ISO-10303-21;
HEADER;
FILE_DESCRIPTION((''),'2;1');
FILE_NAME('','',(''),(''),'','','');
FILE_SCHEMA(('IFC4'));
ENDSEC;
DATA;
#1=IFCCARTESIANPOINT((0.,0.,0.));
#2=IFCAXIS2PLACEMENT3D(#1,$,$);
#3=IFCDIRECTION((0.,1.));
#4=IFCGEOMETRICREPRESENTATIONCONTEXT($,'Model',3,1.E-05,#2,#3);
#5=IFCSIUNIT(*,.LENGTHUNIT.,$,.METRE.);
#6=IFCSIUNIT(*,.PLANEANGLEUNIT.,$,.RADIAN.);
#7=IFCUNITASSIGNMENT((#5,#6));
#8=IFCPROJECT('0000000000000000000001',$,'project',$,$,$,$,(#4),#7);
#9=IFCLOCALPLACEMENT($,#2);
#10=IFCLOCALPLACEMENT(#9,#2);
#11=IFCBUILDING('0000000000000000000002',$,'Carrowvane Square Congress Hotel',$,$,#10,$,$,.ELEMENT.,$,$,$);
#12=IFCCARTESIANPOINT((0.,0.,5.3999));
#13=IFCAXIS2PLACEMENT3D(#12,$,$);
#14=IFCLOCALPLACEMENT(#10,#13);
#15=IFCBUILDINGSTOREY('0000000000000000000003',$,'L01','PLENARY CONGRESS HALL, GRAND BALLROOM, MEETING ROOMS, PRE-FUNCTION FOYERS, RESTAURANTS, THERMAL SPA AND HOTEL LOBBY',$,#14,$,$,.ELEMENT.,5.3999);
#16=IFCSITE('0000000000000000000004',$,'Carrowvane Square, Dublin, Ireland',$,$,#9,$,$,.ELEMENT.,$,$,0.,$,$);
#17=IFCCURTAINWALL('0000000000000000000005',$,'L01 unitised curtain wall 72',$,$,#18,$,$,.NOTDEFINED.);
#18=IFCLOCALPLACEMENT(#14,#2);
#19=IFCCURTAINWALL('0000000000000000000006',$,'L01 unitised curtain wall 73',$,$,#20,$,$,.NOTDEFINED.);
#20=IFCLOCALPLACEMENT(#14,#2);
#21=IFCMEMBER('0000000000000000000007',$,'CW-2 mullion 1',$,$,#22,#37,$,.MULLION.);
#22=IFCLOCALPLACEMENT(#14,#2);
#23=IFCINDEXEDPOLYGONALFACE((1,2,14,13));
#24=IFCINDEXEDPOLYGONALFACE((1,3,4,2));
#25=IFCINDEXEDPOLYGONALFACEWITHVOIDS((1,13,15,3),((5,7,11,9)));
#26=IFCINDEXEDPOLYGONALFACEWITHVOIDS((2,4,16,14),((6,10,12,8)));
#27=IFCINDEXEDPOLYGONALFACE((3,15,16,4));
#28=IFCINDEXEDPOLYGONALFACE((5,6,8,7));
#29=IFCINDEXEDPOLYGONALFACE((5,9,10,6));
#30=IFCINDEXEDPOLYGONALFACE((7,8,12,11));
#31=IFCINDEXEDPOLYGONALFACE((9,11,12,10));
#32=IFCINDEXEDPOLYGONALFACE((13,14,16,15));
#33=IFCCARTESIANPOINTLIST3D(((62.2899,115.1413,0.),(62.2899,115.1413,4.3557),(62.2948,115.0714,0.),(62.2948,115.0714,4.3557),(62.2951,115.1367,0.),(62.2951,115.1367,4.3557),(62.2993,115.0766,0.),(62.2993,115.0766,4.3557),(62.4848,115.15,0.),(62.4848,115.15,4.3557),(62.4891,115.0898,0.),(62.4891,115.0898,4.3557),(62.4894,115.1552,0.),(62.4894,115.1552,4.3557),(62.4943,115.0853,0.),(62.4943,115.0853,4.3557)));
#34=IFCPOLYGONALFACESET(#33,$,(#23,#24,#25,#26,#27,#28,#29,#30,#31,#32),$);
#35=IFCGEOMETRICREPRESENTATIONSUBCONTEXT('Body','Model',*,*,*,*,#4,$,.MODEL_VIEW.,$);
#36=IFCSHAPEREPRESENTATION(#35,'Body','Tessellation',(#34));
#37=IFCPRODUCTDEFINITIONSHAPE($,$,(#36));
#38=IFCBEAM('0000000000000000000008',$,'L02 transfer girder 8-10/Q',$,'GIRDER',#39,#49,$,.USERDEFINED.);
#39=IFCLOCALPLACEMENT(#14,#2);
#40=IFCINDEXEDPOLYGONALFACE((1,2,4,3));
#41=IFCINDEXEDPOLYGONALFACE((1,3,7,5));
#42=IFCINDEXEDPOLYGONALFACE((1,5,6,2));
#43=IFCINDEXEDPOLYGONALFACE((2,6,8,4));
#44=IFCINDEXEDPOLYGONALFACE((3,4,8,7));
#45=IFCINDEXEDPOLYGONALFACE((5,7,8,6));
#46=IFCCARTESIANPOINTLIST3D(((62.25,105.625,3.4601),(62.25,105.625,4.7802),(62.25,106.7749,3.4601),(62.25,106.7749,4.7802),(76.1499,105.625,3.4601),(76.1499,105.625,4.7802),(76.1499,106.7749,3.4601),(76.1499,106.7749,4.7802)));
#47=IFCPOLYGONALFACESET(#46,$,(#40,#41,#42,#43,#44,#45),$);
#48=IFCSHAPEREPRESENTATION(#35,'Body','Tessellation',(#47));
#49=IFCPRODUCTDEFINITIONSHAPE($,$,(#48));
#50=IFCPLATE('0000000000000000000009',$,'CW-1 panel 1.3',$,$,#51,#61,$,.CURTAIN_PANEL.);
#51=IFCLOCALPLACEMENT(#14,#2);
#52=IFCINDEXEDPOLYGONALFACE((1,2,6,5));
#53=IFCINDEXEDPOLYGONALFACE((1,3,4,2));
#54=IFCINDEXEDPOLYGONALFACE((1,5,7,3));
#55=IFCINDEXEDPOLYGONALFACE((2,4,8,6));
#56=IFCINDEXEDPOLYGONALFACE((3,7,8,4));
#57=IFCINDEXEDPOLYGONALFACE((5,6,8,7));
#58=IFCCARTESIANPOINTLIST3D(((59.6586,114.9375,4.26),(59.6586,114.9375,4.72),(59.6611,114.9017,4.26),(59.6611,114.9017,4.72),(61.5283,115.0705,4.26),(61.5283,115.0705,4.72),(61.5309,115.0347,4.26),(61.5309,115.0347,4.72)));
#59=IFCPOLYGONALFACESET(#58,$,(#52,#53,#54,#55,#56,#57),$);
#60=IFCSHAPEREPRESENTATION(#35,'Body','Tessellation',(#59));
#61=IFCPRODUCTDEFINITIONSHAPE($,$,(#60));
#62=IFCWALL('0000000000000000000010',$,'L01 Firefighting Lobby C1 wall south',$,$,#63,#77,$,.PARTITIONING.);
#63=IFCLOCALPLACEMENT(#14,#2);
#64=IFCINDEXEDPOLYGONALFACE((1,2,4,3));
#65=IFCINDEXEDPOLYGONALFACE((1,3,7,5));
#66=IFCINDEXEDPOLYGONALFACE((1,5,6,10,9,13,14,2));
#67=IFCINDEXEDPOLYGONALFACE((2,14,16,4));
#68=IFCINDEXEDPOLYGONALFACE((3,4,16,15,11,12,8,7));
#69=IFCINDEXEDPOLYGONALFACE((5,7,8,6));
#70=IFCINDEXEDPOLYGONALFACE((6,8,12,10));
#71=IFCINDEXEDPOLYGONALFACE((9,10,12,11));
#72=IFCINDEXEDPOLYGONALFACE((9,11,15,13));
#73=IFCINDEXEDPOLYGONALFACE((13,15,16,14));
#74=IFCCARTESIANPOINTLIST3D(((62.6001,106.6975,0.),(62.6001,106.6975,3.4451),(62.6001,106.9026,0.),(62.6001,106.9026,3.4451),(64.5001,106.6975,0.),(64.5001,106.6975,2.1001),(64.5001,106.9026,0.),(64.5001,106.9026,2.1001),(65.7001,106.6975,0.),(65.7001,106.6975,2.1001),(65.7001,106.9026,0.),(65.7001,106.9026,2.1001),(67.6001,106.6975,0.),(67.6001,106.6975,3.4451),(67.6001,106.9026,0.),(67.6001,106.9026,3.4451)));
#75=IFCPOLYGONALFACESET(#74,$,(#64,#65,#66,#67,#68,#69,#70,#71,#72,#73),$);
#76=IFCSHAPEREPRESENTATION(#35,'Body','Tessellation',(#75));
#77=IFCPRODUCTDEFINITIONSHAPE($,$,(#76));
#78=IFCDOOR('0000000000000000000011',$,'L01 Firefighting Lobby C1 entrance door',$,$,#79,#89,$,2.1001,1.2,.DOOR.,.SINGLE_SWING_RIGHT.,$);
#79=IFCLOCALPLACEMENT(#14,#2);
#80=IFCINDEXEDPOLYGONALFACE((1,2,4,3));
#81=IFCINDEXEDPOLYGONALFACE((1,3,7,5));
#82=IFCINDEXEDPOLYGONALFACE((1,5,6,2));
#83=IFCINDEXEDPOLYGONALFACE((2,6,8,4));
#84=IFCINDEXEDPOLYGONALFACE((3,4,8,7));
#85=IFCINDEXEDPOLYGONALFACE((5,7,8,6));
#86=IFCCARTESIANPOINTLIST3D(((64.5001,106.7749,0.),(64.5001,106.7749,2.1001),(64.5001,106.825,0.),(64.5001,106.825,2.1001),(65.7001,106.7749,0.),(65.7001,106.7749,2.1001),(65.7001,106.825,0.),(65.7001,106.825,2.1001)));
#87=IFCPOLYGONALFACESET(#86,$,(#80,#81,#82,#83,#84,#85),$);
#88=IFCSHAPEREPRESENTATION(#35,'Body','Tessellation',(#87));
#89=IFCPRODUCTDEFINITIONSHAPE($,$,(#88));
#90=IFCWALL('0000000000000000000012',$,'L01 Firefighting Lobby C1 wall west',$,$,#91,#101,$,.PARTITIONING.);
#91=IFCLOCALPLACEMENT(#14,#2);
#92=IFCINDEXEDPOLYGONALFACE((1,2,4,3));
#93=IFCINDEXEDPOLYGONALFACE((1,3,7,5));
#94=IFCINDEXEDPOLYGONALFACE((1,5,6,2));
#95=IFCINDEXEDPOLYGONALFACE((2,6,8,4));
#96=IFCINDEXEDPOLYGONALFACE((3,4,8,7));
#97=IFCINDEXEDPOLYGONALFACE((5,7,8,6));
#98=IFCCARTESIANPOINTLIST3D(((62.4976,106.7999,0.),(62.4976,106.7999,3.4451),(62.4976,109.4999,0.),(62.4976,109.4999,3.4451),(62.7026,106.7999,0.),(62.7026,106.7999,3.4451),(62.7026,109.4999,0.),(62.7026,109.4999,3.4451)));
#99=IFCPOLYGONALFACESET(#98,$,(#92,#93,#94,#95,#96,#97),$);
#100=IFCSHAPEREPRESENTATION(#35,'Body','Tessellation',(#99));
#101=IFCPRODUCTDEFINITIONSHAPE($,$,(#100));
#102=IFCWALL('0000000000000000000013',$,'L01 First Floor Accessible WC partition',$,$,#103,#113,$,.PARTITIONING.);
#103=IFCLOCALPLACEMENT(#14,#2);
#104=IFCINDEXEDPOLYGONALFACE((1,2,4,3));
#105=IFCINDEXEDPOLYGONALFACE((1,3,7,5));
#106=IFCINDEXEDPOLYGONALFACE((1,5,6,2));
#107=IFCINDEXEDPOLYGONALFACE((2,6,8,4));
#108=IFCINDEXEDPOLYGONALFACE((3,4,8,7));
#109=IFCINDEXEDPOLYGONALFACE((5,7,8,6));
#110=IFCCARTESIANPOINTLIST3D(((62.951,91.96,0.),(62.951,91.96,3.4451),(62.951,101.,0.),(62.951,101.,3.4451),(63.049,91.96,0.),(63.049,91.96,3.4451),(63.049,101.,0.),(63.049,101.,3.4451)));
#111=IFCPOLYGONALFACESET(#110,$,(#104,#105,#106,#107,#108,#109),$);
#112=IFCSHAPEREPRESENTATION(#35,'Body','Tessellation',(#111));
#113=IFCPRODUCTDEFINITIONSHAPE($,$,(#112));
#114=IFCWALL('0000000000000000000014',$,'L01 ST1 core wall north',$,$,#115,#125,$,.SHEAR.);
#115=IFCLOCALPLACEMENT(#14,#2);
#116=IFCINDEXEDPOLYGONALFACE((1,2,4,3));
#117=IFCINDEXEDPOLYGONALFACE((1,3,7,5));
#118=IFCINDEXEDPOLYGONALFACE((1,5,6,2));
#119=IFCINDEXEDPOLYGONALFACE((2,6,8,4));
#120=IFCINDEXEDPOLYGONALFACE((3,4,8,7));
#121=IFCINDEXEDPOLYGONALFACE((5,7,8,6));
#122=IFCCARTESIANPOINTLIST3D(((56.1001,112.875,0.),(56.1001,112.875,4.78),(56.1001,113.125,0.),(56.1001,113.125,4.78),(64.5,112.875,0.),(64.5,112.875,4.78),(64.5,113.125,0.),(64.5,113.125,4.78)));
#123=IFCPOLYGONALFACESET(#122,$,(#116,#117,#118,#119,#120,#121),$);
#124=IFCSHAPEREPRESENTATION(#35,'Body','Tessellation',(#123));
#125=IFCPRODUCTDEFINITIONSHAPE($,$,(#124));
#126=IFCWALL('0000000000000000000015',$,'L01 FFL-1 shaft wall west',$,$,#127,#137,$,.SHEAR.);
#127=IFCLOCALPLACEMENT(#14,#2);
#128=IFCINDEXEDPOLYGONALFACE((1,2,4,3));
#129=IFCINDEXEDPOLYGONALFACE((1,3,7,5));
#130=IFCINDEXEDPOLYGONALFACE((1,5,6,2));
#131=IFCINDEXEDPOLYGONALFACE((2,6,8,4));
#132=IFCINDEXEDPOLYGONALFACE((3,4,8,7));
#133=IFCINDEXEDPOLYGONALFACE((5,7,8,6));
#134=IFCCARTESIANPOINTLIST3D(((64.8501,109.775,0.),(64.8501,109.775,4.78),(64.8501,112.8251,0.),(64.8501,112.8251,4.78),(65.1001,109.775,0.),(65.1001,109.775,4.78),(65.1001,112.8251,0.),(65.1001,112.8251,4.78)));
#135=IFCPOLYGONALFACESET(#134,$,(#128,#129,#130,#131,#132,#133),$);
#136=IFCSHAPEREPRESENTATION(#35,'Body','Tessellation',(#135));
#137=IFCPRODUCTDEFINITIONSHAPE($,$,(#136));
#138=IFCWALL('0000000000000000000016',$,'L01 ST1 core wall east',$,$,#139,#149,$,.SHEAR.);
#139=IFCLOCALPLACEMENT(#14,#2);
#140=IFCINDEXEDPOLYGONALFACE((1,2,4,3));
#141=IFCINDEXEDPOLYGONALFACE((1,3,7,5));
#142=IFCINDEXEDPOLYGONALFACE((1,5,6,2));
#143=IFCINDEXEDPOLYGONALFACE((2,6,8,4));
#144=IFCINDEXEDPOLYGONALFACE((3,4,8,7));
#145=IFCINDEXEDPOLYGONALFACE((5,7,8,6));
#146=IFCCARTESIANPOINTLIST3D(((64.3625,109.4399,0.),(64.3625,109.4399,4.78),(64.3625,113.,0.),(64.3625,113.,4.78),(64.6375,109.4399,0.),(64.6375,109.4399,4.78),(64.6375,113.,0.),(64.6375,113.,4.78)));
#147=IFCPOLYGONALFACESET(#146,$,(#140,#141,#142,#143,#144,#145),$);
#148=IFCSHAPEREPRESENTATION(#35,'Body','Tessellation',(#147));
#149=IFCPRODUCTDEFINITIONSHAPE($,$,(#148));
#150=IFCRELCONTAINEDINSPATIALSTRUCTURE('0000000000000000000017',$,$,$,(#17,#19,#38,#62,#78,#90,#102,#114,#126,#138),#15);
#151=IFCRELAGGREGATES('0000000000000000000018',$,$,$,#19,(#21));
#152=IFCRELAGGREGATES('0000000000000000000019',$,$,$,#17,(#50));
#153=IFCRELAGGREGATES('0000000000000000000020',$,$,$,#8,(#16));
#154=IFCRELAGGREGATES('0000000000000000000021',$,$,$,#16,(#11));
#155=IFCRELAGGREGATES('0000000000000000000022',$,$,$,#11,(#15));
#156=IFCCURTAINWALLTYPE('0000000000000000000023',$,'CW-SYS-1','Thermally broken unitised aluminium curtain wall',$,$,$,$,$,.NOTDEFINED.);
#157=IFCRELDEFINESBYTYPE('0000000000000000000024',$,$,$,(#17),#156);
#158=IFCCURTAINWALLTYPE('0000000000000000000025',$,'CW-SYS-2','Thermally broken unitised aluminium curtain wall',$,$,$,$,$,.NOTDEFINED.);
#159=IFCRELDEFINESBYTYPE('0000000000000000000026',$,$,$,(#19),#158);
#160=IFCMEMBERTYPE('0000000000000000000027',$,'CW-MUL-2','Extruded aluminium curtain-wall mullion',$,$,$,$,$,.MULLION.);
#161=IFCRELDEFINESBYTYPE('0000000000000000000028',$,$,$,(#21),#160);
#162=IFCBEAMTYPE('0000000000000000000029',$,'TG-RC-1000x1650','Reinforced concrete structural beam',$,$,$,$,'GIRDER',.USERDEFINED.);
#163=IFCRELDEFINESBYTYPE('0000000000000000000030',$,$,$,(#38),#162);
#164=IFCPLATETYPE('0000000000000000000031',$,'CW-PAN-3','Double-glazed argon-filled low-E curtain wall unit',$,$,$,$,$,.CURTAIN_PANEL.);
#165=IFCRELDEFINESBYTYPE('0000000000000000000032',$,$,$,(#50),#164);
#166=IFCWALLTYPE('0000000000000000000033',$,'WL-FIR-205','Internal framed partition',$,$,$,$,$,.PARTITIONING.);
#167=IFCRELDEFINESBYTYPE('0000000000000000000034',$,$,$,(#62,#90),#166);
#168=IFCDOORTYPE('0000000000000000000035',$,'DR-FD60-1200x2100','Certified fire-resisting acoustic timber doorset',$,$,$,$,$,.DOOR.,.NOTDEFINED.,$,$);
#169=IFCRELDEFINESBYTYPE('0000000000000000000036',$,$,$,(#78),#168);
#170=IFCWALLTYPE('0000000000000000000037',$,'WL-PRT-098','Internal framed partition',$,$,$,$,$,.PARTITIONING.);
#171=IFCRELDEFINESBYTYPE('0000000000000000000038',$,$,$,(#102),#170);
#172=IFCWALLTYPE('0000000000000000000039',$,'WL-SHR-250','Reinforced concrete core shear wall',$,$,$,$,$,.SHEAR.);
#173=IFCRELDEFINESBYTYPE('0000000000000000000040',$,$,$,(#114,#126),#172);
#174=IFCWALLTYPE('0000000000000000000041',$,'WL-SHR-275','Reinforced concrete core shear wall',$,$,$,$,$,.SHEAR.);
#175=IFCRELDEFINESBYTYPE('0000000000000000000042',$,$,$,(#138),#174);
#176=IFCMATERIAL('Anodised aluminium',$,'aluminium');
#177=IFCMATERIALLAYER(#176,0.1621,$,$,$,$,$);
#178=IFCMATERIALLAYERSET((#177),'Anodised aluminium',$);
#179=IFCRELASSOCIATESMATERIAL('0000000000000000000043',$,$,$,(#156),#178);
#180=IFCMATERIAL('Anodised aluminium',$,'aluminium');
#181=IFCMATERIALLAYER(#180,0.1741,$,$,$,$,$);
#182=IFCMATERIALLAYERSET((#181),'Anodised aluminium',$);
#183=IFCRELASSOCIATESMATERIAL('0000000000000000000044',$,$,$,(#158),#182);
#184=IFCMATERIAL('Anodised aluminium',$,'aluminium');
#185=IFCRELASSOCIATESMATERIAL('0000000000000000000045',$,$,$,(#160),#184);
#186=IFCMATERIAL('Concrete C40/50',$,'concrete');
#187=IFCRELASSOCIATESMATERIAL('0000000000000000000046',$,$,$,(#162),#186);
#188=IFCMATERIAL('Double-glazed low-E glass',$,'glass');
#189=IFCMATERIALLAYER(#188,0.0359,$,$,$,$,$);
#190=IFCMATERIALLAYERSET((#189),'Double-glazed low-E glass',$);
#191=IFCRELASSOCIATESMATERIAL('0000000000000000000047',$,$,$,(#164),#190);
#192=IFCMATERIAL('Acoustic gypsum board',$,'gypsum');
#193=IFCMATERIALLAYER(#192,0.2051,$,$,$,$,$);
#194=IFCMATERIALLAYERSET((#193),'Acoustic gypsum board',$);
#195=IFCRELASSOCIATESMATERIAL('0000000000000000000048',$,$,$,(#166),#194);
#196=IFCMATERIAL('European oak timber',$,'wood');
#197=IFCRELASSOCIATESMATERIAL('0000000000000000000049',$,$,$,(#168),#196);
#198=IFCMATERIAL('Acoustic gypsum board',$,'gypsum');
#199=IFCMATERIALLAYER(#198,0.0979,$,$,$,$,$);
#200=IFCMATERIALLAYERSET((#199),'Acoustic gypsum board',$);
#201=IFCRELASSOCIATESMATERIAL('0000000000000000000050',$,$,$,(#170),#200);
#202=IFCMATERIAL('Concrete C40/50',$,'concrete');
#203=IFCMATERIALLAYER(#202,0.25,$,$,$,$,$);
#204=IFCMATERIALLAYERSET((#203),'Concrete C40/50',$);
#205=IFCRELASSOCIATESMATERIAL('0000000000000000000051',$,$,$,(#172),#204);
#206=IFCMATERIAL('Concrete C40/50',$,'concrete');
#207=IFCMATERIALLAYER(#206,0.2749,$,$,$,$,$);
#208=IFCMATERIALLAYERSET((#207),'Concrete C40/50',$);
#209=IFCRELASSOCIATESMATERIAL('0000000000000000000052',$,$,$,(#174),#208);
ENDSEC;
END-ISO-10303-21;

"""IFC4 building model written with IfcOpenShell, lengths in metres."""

from ifc_helpers import new_model, si_unit, direction, frame, frame_2d, origin, origin_2d, place, context, subcontext, project, spatial, rectangle, hollow_rectangle, extrude, material, layer, layer_set, material_profile, profile_set, type_object, element, fill, aggregate, save


model = new_model("IFC4")

# Units and contexts
model_context = context("Model", 3, precision=1e-05, world=origin(), true_north=direction((0.0, 1.0)))
body_context = subcontext(model_context, "Body", "Model", "MODEL_VIEW")
ifc_project = project(units=[si_unit("LENGTHUNIT", "METRE"), si_unit("PLANEANGLEUNIT", "RADIAN")], contexts=[model_context])

# Site, building, storey
site_placement = place(None, origin())
site = spatial("IfcSite", under=ifc_project, at=site_placement, Name="Carrowvane Square, Dublin, Ireland", CompositionType="ELEMENT", RefElevation=0.0)
building_placement = place(site_placement, origin())
building = spatial("IfcBuilding", under=site, at=building_placement, Name="Carrowvane Square Congress Hotel", CompositionType="ELEMENT")
storey_placement = place(building_placement, frame((0.0, 0.0, 5.3999)))
storey = spatial("IfcBuildingStorey", under=building, at=storey_placement, Name="L01", Description="PLENARY CONGRESS HALL, GRAND BALLROOM, MEETING ROOMS, PRE-FUNCTION FOYERS, RESTAURANTS, THERMAL SPA AND HOTEL LOBBY", CompositionType="ELEMENT", Elevation=5.3999)

# Curtain walls, member
ifc_material_1 = material(Name="Anodised aluminium", Category="aluminium")
ifc_layer_1 = layer(ifc_material_1, 0.1621)
ifc_layer_set_1 = layer_set([ifc_layer_1], Name="Anodised aluminium")
curtain_wall_type_1 = type_object("IfcCurtainWallType", Name="CW-SYS-1", Description="Thermally broken unitised aluminium curtain wall", PredefinedType="NOTDEFINED", material=ifc_layer_set_1)
curtain_wall_1_placement = place(storey_placement, origin())
curtain_wall_1 = element("IfcCurtainWall", 1, at=curtain_wall_1_placement, inside=storey, type_object=curtain_wall_type_1, Name="L01 unitised curtain wall 72", PredefinedType="NOTDEFINED")
ifc_material_2 = material(Name="Anodised aluminium", Category="aluminium")
ifc_layer_2 = layer(ifc_material_2, 0.1741)
ifc_layer_set_2 = layer_set([ifc_layer_2], Name="Anodised aluminium")
curtain_wall_type_2 = type_object("IfcCurtainWallType", Name="CW-SYS-2", Description="Thermally broken unitised aluminium curtain wall", PredefinedType="NOTDEFINED", material=ifc_layer_set_2)
curtain_wall_2_placement = place(storey_placement, origin())
curtain_wall_2 = element("IfcCurtainWall", 2, at=curtain_wall_2_placement, inside=storey, type_object=curtain_wall_type_2, Name="L01 unitised curtain wall 73", PredefinedType="NOTDEFINED")
ifc_material_3 = material(Name="Anodised aluminium", Category="aluminium")
ifc_material_profile_1 = material_profile(ifc_material_3, hollow_rectangle(XDim=0.0701, YDim=0.2, WallThickness=0.0049, at=origin_2d()), Name="CW-ML 70x200x5")
ifc_profile_set_1 = profile_set([ifc_material_profile_1], Name="Anodised aluminium")
member_type_1 = type_object("IfcMemberType", Name="CW-MUL-2", Description="Extruded aluminium curtain-wall mullion", PredefinedType="MULLION", material=ifc_profile_set_1)
member_1_placement = place(storey_placement, frame((62.3921, 115.1133, 0.0), z_axis=(0.0, 0.0, 1.0), x_axis=(-0.069724, 0.997566, 0.0)))
member_1 = element("IfcMember", 3, at=member_1_placement, type_object=member_type_1, Name="CW-2 mullion 1", PredefinedType="MULLION", context=body_context, shape_type="SweptSolid", body=[
    extrude(hollow_rectangle(XDim=0.0701, YDim=0.2, WallThickness=0.0049, at=origin_2d()), origin(), (0.0, 0.0, 1.0), 4.3557),
])
aggregate(curtain_wall_2, [member_1])

# Beam
ifc_material_4 = material(Name="Concrete C40/50", Category="concrete")
ifc_material_profile_2 = material_profile(ifc_material_4, rectangle(XDim=1.1499, YDim=1.3201, at=origin_2d()), Name="RC 1150x1320")
ifc_profile_set_2 = profile_set([ifc_material_profile_2], Name="Concrete C40/50")
beam_type_1 = type_object("IfcBeamType", Name="TG-RC-1000x1650", Description="Reinforced concrete structural beam", ElementType="GIRDER", PredefinedType="USERDEFINED", material=ifc_profile_set_2)
beam_1_placement = place(storey_placement, frame((62.25, 106.2, 4.1201), z_axis=(1.0, 0.0, 0.0), x_axis=(0.0, 1.0, 0.0)))
element("IfcBeam", 4, at=beam_1_placement, inside=storey, type_object=beam_type_1, Name="L02 transfer girder 8-10/Q", ObjectType="GIRDER", PredefinedType="USERDEFINED", context=body_context, shape_type="SweptSolid", body=[
    extrude(rectangle(XDim=1.1499, YDim=1.3201, at=origin_2d()), origin(), (0.0, 0.0, 1.0), 13.8999),
])

# Plate
ifc_material_5 = material(Name="Double-glazed low-E glass", Category="glass")
ifc_layer_3 = layer(ifc_material_5, 0.0359)
ifc_layer_set_3 = layer_set([ifc_layer_3], Name="Double-glazed low-E glass")
plate_type = type_object("IfcPlateType", Name="CW-PAN-3", Description="Double-glazed argon-filled low-E curtain wall unit", PredefinedType="CURTAIN_PANEL", material=ifc_layer_set_3)
plate_placement = place(storey_placement, frame((60.5947, 114.9861, 4.26), z_axis=(0.0, 0.0, 1.0), x_axis=(0.997479, 0.07096, 0.0)))
plate = element("IfcPlate", 5, at=plate_placement, type_object=plate_type, Name="CW-1 panel 1.3", PredefinedType="CURTAIN_PANEL", context=body_context, shape_type="SweptSolid", body=[
    extrude(rectangle(XDim=1.8745, YDim=0.0359, at=origin_2d()), origin(), (0.0, 0.0, 1.0), 0.46),
])
aggregate(curtain_wall_1, [plate])

# Wall, opening, door
ifc_material_6 = material(Name="Acoustic gypsum board", Category="gypsum")
ifc_layer_4 = layer(ifc_material_6, 0.2051)
ifc_layer_set_4 = layer_set([ifc_layer_4], Name="Acoustic gypsum board")
wall_type_1 = type_object("IfcWallType", Name="WL-FIR-205", Description="Internal framed partition", PredefinedType="PARTITIONING", material=ifc_layer_set_4)
wall_1_placement = place(storey_placement, frame((62.6001, 106.8, 0.0), z_axis=(0.0, 0.0, 1.0), x_axis=(1.0, 0.0, 0.0)))
wall_1 = element("IfcWall", 6, at=wall_1_placement, inside=storey, type_object=wall_type_1, Name="L01 Firefighting Lobby C1 wall south", PredefinedType="PARTITIONING", context=body_context, shape_type="SweptSolid", body=[
    extrude(rectangle(XDim=5.0, YDim=0.2051, at=frame_2d((2.5, 0.0))), origin(), (0.0, 0.0, 1.0), 3.4451),
])
opening_1_placement = place(wall_1_placement, frame((1.8999, 0.0, 0.0)))
opening_1 = element("IfcOpeningElement", 7, at=opening_1_placement, cuts=wall_1, PredefinedType="OPENING", context=body_context, shape_type="SweptSolid", body=[
    extrude(rectangle(XDim=1.2, YDim=2.1001, at=frame_2d((0.6001, 1.05))), frame((0.0, 0.1125, 0.0), z_axis=(0.0, -1.0, 0.0), x_axis=(1.0, 0.0, 0.0)), (0.0, 0.0, 1.0), 0.2251),
])
ifc_material_7 = material(Name="European oak timber", Category="wood")
door_type_1 = type_object("IfcDoorType", Name="DR-FD60-1200x2100", Description="Certified fire-resisting acoustic timber doorset", OperationType="NOTDEFINED", PredefinedType="DOOR", material=ifc_material_7)
door_1_placement = place(opening_1_placement, origin())
door_1 = element("IfcDoor", 8, at=door_1_placement, inside=storey, type_object=door_type_1, Name="L01 Firefighting Lobby C1 entrance door", OperationType="SINGLE_SWING_RIGHT", OverallHeight=2.1001, OverallWidth=1.2, PredefinedType="DOOR", context=body_context, shape_type="SweptSolid", body=[
    extrude(rectangle(XDim=1.2, YDim=2.1001, at=frame_2d((0.6001, 1.05))), frame((0.0, 0.0249, 0.0), z_axis=(0.0, -1.0, 0.0), x_axis=(1.0, 0.0, 0.0)), (0.0, 0.0, 1.0), 0.05),
])
fill(opening_1, door_1)

# Walls
wall_2_placement = place(storey_placement, frame((62.6001, 109.5, 0.0), z_axis=(0.0, 0.0, 1.0), x_axis=(0.0, -1.0, 0.0)))
element("IfcWall", 9, at=wall_2_placement, inside=storey, type_object=wall_type_1, Name="L01 Firefighting Lobby C1 wall west", PredefinedType="PARTITIONING", context=body_context, shape_type="SweptSolid", body=[
    extrude(rectangle(XDim=2.7, YDim=0.2051, at=frame_2d((1.3501, 0.0))), origin(), (0.0, 0.0, 1.0), 3.4451),
])
ifc_material_8 = material(Name="Acoustic gypsum board", Category="gypsum")
ifc_layer_5 = layer(ifc_material_8, 0.0979)
ifc_layer_set_5 = layer_set([ifc_layer_5], Name="Acoustic gypsum board")
wall_type_2 = type_object("IfcWallType", Name="WL-PRT-098", Description="Internal framed partition", PredefinedType="PARTITIONING", material=ifc_layer_set_5)
wall_3_placement = place(storey_placement, frame((63.0, 101.0, 0.0), z_axis=(0.0, 0.0, 1.0), x_axis=(0.0, -1.0, 0.0)))
element("IfcWall", 10, at=wall_3_placement, inside=storey, type_object=wall_type_2, Name="L01 First Floor Accessible WC partition", PredefinedType="PARTITIONING", context=body_context, shape_type="SweptSolid", body=[
    extrude(rectangle(XDim=9.04, YDim=0.0979, at=frame_2d((4.52, 0.0))), origin(), (0.0, 0.0, 1.0), 3.4451),
])
ifc_material_9 = material(Name="Concrete C40/50", Category="concrete")
ifc_layer_6 = layer(ifc_material_9, 0.25)
ifc_layer_set_6 = layer_set([ifc_layer_6], Name="Concrete C40/50")
wall_type_3 = type_object("IfcWallType", Name="WL-SHR-250", Description="Reinforced concrete core shear wall", PredefinedType="SHEAR", material=ifc_layer_set_6)
wall_4_placement = place(storey_placement, frame((64.5, 113.0, 0.0), z_axis=(0.0, 0.0, 1.0), x_axis=(-1.0, 0.0, 0.0)))
element("IfcWall", 11, at=wall_4_placement, inside=storey, type_object=wall_type_3, Name="L01 ST1 core wall north", PredefinedType="SHEAR", context=body_context, shape_type="SweptSolid", body=[
    extrude(rectangle(XDim=8.3999, YDim=0.25, at=frame_2d((4.2, 0.0))), origin(), (0.0, 0.0, 1.0), 4.78),
])

# Walls
wall_5_placement = place(storey_placement, frame((64.9751, 112.825, 0.0), z_axis=(0.0, 0.0, 1.0), x_axis=(0.0, -1.0, 0.0)))
element("IfcWall", 12, at=wall_5_placement, inside=storey, type_object=wall_type_3, Name="L01 FFL-1 shaft wall west", PredefinedType="SHEAR", context=body_context, shape_type="SweptSolid", body=[
    extrude(rectangle(XDim=3.05, YDim=0.25, at=frame_2d((1.5249, 0.0))), origin(), (0.0, 0.0, 1.0), 4.78),
])
ifc_material_10 = material(Name="Concrete C40/50", Category="concrete")
ifc_layer_7 = layer(ifc_material_10, 0.2749)
ifc_layer_set_7 = layer_set([ifc_layer_7], Name="Concrete C40/50")
wall_type_4 = type_object("IfcWallType", Name="WL-SHR-275", Description="Reinforced concrete core shear wall", PredefinedType="SHEAR", material=ifc_layer_set_7)
wall_6_placement = place(storey_placement, frame((64.5, 109.4399, 0.0), z_axis=(0.0, 0.0, 1.0), x_axis=(0.0, 1.0, 0.0)))
element("IfcWall", 13, at=wall_6_placement, inside=storey, type_object=wall_type_4, Name="L01 ST1 core wall east", PredefinedType="SHEAR", context=body_context, shape_type="SweptSolid", body=[
    extrude(rectangle(XDim=3.5601, YDim=0.2749, at=frame_2d((1.78, 0.0))), origin(), (0.0, 0.0, 1.0), 4.78),
])

save(model, "model.ifc")
